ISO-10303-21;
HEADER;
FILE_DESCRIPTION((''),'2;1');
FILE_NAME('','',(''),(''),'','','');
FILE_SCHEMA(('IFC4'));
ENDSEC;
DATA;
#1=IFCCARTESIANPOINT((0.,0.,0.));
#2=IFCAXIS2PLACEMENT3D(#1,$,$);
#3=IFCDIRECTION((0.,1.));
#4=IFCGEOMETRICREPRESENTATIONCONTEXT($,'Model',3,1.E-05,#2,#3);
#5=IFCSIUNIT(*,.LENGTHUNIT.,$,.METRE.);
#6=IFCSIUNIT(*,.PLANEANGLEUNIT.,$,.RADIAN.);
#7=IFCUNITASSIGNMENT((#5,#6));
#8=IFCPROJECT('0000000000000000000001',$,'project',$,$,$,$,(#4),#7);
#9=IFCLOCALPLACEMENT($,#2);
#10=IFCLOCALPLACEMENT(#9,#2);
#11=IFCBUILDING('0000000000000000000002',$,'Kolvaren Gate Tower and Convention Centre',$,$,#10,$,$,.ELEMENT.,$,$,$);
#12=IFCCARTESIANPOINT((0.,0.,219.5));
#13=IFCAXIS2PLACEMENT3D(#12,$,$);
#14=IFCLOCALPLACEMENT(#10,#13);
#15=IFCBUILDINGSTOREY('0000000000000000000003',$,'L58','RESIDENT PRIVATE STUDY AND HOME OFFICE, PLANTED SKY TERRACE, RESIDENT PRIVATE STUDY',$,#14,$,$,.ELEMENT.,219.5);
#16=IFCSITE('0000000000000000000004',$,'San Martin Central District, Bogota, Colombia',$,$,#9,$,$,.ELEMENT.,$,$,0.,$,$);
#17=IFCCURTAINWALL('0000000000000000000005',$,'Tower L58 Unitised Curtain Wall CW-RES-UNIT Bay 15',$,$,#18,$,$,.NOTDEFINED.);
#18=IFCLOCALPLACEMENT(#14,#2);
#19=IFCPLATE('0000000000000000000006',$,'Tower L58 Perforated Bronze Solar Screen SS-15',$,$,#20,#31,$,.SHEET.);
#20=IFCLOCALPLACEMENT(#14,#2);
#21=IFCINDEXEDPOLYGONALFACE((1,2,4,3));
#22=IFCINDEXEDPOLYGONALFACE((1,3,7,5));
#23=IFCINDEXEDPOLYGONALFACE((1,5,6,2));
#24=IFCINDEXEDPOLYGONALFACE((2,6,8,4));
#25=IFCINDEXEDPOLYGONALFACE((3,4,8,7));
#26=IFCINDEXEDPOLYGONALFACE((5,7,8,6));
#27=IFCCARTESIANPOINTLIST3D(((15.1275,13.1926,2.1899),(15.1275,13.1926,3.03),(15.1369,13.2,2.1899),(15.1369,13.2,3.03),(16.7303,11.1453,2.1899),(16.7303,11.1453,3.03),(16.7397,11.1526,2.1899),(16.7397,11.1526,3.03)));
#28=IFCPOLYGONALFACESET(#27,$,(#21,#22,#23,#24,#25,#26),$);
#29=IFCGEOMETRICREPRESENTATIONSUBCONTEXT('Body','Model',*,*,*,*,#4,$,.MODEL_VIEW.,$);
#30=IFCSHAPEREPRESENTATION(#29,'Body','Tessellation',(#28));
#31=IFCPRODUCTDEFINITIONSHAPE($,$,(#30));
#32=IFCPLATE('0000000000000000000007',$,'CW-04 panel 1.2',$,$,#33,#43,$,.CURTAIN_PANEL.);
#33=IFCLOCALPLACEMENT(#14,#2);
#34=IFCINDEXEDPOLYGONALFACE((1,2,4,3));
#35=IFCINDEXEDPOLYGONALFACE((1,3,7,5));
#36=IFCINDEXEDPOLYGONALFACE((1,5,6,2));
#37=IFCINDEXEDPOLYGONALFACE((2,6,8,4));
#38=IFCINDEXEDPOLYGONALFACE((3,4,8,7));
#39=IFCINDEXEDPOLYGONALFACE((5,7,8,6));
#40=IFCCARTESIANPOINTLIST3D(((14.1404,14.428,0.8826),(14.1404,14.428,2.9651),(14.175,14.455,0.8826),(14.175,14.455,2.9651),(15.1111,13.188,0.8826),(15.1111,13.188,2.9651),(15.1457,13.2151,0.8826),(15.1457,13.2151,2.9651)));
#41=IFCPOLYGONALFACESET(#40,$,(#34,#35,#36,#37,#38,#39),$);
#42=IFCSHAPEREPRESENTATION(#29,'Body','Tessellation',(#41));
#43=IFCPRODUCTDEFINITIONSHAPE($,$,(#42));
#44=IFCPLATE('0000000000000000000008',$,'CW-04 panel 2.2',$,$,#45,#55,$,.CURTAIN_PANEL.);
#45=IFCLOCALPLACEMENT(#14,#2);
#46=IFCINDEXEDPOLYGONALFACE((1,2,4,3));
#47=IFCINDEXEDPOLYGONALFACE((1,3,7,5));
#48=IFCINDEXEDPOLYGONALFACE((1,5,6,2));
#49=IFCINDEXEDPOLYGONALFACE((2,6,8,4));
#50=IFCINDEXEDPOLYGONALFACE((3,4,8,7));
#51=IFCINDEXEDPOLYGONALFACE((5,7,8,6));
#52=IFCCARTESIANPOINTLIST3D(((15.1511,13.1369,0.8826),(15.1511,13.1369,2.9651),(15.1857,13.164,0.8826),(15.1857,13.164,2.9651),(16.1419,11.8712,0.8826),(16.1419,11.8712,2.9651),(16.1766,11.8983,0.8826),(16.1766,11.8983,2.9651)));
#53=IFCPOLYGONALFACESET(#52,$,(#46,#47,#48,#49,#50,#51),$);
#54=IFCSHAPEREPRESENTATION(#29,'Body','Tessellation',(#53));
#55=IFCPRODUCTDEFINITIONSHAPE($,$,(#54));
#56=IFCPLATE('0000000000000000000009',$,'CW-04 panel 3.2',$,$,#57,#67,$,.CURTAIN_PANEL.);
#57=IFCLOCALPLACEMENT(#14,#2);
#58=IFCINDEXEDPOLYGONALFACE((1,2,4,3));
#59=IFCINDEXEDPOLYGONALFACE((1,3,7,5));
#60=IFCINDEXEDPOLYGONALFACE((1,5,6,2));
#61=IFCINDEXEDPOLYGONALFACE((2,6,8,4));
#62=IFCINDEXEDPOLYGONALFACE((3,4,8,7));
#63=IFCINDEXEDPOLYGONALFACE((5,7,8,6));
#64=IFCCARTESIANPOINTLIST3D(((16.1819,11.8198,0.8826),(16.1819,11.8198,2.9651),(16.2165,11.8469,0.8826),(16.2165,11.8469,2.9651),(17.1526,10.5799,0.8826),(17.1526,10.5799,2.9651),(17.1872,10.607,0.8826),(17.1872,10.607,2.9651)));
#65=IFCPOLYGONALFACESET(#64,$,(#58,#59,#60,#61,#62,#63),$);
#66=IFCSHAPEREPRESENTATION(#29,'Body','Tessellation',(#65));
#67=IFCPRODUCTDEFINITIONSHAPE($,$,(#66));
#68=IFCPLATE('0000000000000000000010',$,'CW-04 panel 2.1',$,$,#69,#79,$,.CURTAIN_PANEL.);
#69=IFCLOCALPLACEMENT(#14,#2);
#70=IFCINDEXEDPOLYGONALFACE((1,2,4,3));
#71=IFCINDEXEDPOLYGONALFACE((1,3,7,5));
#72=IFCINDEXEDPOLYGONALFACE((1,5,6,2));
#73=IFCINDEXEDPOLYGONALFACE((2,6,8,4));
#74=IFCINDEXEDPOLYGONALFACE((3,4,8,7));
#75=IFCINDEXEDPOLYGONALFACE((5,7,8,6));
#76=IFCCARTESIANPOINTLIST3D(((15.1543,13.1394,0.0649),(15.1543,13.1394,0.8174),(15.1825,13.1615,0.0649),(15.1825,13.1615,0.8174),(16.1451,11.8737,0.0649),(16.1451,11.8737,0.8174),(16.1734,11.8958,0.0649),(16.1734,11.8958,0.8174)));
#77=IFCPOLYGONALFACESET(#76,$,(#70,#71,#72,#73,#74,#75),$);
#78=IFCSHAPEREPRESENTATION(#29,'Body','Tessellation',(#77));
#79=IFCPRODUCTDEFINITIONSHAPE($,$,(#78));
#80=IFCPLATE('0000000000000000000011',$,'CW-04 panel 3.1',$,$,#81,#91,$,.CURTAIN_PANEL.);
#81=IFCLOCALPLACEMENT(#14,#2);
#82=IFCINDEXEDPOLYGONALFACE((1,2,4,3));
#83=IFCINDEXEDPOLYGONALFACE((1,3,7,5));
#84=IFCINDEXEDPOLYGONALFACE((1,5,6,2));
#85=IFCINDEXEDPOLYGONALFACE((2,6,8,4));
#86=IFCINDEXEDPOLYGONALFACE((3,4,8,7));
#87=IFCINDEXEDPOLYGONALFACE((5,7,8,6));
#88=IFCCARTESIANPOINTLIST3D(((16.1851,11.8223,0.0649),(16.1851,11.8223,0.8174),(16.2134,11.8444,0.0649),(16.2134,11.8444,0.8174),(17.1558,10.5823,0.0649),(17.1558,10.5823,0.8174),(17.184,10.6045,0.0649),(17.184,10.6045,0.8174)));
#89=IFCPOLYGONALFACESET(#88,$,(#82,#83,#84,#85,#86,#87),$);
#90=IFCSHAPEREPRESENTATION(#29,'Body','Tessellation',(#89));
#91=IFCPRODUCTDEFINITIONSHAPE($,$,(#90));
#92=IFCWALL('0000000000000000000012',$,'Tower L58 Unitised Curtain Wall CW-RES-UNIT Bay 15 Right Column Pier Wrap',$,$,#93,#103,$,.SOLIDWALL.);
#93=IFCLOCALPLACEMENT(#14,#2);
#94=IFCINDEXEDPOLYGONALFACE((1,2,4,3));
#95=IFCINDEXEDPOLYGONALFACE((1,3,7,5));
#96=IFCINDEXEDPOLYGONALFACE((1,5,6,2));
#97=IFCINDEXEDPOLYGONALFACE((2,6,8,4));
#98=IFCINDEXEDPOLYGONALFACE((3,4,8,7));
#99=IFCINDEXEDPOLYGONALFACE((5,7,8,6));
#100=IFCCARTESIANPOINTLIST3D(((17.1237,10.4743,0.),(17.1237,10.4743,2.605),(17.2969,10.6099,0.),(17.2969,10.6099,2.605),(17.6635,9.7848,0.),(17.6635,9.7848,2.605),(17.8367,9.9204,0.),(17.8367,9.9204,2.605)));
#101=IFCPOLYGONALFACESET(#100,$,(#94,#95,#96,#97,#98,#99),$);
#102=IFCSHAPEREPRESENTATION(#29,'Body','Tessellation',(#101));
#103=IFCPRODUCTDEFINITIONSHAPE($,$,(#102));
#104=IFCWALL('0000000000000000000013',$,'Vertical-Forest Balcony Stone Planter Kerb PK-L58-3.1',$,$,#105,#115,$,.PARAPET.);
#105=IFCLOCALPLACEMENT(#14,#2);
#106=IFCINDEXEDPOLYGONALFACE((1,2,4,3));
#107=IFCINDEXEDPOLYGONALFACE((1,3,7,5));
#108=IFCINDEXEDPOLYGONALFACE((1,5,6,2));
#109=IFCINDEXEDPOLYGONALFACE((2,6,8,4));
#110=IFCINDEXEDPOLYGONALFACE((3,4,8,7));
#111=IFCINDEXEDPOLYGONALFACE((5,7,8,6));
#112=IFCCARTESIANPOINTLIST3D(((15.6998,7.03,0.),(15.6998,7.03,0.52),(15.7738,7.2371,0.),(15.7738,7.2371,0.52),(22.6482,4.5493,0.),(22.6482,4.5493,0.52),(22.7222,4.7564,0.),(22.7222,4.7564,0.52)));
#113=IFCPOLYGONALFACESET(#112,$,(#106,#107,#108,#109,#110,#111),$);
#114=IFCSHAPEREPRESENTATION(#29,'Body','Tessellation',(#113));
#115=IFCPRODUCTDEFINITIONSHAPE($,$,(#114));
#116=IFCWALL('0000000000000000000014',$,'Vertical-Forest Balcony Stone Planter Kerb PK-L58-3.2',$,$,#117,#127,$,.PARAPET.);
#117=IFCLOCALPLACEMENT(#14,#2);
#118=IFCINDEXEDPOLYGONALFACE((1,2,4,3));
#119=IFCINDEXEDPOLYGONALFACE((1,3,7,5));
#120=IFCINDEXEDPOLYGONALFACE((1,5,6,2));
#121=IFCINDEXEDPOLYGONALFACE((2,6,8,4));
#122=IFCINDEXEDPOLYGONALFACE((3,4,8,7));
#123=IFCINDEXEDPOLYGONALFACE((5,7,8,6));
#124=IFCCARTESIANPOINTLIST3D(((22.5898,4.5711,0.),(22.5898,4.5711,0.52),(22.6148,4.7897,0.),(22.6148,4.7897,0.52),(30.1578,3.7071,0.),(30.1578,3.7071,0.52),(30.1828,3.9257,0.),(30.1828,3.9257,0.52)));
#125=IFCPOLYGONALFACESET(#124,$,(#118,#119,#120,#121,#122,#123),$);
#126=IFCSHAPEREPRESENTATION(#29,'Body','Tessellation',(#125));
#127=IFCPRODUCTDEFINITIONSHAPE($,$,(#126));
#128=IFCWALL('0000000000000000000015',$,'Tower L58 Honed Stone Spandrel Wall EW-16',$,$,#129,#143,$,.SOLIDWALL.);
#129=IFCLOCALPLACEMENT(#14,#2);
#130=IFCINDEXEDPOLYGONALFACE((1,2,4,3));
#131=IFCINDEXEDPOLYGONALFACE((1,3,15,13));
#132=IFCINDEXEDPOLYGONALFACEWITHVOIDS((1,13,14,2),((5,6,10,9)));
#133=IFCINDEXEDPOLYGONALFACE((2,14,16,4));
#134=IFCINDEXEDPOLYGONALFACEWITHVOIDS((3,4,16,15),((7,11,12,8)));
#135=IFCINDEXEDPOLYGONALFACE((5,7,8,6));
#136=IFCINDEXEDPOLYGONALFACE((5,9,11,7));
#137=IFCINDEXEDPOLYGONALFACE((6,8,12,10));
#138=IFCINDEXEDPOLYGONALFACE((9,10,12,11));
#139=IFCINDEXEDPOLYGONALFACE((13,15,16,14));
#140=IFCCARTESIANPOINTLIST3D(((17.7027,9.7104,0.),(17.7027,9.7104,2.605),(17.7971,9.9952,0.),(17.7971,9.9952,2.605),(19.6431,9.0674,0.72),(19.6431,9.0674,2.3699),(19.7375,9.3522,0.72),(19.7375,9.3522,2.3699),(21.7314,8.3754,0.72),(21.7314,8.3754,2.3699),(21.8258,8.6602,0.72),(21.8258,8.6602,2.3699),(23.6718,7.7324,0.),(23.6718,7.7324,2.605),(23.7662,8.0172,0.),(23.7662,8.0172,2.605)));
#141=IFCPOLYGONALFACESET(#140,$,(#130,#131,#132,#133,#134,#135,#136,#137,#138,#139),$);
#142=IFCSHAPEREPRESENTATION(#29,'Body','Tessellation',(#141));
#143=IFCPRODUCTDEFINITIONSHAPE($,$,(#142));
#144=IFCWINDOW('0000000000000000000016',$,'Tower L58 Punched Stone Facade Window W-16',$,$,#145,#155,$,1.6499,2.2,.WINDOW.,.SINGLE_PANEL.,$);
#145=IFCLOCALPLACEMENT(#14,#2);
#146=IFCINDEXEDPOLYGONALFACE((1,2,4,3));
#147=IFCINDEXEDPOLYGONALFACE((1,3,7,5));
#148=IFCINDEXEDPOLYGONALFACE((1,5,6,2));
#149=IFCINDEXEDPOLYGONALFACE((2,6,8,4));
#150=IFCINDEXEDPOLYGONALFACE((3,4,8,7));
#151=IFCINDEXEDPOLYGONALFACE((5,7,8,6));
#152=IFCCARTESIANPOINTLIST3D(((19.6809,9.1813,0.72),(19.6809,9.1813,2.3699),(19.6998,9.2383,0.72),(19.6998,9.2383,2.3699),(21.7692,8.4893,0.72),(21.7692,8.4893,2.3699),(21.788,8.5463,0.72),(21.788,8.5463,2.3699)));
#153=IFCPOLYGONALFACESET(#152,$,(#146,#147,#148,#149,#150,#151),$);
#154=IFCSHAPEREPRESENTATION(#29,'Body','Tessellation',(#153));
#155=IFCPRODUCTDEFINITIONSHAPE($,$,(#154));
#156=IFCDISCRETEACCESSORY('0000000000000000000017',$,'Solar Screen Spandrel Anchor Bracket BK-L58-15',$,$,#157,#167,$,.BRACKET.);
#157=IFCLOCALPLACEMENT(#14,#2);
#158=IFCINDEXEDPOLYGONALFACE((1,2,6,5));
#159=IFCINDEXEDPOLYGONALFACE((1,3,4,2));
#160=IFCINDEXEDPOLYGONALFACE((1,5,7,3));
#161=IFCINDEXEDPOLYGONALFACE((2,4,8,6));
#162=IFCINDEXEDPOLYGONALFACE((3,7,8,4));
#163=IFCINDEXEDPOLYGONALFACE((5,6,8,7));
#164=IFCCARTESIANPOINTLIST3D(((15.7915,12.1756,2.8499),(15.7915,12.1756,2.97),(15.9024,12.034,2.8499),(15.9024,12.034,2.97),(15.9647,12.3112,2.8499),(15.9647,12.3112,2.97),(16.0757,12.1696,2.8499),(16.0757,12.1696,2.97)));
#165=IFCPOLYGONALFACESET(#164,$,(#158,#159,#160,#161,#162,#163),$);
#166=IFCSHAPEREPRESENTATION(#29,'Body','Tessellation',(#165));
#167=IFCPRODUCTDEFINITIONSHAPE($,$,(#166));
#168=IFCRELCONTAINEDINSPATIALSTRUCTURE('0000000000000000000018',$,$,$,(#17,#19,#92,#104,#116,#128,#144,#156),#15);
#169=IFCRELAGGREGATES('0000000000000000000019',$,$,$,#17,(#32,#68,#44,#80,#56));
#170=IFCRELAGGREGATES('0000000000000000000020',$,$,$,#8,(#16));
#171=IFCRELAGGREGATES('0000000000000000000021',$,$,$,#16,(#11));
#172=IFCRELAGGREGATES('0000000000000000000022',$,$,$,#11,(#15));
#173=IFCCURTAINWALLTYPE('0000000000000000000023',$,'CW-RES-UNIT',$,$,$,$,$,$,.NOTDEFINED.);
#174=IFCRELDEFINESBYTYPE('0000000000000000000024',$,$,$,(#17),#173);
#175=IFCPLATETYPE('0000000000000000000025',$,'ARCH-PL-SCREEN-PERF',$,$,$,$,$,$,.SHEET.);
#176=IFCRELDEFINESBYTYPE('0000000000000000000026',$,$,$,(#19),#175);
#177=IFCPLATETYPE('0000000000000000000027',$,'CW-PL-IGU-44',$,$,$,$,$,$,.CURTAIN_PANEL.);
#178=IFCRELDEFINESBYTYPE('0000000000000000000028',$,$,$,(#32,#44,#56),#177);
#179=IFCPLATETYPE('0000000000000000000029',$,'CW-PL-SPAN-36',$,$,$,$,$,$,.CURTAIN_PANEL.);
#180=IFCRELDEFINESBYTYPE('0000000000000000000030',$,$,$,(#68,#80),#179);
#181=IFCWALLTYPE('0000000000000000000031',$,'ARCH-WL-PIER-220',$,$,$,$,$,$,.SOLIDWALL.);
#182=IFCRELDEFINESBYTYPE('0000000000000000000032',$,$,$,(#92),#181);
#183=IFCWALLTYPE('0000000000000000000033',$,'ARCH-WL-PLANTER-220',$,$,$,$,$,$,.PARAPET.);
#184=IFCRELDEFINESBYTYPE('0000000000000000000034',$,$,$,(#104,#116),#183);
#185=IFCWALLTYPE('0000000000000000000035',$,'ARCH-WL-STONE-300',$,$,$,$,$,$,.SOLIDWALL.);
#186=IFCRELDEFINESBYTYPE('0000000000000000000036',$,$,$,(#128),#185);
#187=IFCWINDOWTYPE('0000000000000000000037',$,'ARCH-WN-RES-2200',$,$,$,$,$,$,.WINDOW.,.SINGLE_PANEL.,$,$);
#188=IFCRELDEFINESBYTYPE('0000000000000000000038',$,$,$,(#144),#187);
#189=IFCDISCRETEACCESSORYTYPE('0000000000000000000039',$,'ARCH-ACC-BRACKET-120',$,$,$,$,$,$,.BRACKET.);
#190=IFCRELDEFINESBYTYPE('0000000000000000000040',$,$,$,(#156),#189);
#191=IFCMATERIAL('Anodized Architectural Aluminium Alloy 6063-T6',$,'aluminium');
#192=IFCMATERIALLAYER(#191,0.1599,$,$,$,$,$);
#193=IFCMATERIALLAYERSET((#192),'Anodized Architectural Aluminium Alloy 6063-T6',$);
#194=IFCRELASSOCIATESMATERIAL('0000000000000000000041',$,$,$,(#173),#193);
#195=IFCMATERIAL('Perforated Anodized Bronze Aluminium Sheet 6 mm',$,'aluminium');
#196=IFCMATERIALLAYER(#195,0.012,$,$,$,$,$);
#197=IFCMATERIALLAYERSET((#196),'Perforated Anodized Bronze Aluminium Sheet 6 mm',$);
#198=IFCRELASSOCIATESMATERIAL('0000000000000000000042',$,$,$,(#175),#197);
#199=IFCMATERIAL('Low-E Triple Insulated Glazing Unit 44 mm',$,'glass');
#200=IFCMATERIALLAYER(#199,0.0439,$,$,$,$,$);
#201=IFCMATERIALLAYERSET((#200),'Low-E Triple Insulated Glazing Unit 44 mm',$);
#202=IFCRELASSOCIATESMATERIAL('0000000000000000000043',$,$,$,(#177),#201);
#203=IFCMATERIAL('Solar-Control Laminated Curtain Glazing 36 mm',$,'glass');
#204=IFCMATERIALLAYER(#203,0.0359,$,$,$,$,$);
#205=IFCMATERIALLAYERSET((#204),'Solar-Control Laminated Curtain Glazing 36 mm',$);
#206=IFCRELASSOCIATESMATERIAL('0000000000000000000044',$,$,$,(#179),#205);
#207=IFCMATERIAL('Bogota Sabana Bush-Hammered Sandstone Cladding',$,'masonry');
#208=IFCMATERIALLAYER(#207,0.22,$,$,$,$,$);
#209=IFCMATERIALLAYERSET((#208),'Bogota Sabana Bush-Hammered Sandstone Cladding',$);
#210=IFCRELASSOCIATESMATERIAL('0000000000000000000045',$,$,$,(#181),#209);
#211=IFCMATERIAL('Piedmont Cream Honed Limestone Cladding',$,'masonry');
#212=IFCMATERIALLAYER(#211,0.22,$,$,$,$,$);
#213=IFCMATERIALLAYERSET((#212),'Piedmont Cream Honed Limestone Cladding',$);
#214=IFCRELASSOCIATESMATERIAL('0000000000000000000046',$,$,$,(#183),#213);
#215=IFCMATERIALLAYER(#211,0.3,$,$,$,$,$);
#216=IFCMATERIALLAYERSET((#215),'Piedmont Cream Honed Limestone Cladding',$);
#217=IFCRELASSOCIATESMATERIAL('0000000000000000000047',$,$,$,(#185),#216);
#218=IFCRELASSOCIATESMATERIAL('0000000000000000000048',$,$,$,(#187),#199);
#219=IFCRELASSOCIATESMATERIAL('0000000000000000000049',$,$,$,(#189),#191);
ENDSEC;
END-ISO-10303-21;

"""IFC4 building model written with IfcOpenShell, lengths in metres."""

from ifc_helpers import new_model, si_unit, direction, frame, frame_2d, origin, origin_2d, place, context, subcontext, project, spatial, rectangle, extrude, material, layer, layer_set, type_object, element, fill, aggregate, save


model = new_model("IFC4")

# Units and contexts
model_context = context("Model", 3, precision=1e-05, world=origin(), true_north=direction((0.0, 1.0)))
body_context = subcontext(model_context, "Body", "Model", "MODEL_VIEW")
ifc_project = project(units=[si_unit("LENGTHUNIT", "METRE"), si_unit("PLANEANGLEUNIT", "RADIAN")], contexts=[model_context])

# Site, building, storey
site_placement = place(None, origin())
site = spatial("IfcSite", under=ifc_project, at=site_placement, Name="San Martin Central District, Bogota, Colombia", CompositionType="ELEMENT", RefElevation=0.0)
building_placement = place(site_placement, origin())
building = spatial("IfcBuilding", under=site, at=building_placement, Name="Kolvaren Gate Tower and Convention Centre", CompositionType="ELEMENT")
storey_placement = place(building_placement, frame((0.0, 0.0, 219.5)))
storey = spatial("IfcBuildingStorey", under=building, at=storey_placement, Name="L58", Description="RESIDENT PRIVATE STUDY AND HOME OFFICE, PLANTED SKY TERRACE, RESIDENT PRIVATE STUDY", CompositionType="ELEMENT", Elevation=219.5)

# Curtain wall
ifc_material_1 = material(Name="Anodized Architectural Aluminium Alloy 6063-T6", Category="aluminium")
ifc_layer_1 = layer(ifc_material_1, 0.1599)
ifc_layer_set_1 = layer_set([ifc_layer_1], Name="Anodized Architectural Aluminium Alloy 6063-T6")
curtain_wall_type = type_object("IfcCurtainWallType", Name="CW-RES-UNIT", PredefinedType="NOTDEFINED", material=ifc_layer_set_1)
curtain_wall_placement = place(storey_placement, origin())
curtain_wall = element("IfcCurtainWall", 1, at=curtain_wall_placement, inside=storey, type_object=curtain_wall_type, Name="Tower L58 Unitised Curtain Wall CW-RES-UNIT Bay 15", PredefinedType="NOTDEFINED")

# Plates
ifc_material_2 = material(Name="Perforated Anodized Bronze Aluminium Sheet 6 mm", Category="aluminium")
ifc_layer_2 = layer(ifc_material_2, 0.012)
ifc_layer_set_2 = layer_set([ifc_layer_2], Name="Perforated Anodized Bronze Aluminium Sheet 6 mm")
plate_type_1 = type_object("IfcPlateType", Name="ARCH-PL-SCREEN-PERF", PredefinedType="SHEET", material=ifc_layer_set_2)
plate_1_placement = place(storey_placement, frame((15.9336, 12.1726, 2.1899), z_axis=(0.0, 0.0, 1.0), x_axis=(0.616434, -0.787406, 0.0)))
element("IfcPlate", 2, at=plate_1_placement, inside=storey, type_object=plate_type_1, Name="Tower L58 Perforated Bronze Solar Screen SS-15", PredefinedType="SHEET", context=body_context, shape_type="SweptSolid", body=[
    extrude(rectangle(XDim=2.6001, YDim=0.012, at=origin_2d()), origin(), (0.0, 0.0, 1.0), 0.8401),
])
ifc_material_3 = material(Name="Low-E Triple Insulated Glazing Unit 44 mm", Category="glass")
ifc_layer_3 = layer(ifc_material_3, 0.0439)
ifc_layer_set_3 = layer_set([ifc_layer_3], Name="Low-E Triple Insulated Glazing Unit 44 mm")
plate_type_2 = type_object("IfcPlateType", Name="CW-PL-IGU-44", PredefinedType="CURTAIN_PANEL", material=ifc_layer_set_3)
plate_2_placement = place(storey_placement, frame((14.6431, 13.8215, 0.8826), z_axis=(0.0, 0.0, 1.0), x_axis=(0.61643, -0.78741, 0.0)))
plate_2 = element("IfcPlate", 3, at=plate_2_placement, type_object=plate_type_2, Name="CW-04 panel 1.2", PredefinedType="CURTAIN_PANEL", context=body_context, shape_type="SweptSolid", body=[
    extrude(rectangle(XDim=1.5747, YDim=0.0439, at=origin_2d()), origin(), (0.0, 0.0, 1.0), 2.0825),
])
plate_3_placement = place(storey_placement, frame((15.6638, 12.5176, 0.8826), z_axis=(0.0, 0.0, 1.0), x_axis=(0.61643, -0.78741, 0.0)))
plate_3 = element("IfcPlate", 4, at=plate_3_placement, type_object=plate_type_2, Name="CW-04 panel 2.2", PredefinedType="CURTAIN_PANEL", context=body_context, shape_type="SweptSolid", body=[
    extrude(rectangle(XDim=1.6074, YDim=0.0439, at=origin_2d()), origin(), (0.0, 0.0, 1.0), 2.0825),
])
plate_4_placement = place(storey_placement, frame((16.6846, 11.2134, 0.8826), z_axis=(0.0, 0.0, 1.0), x_axis=(0.61643, -0.78741, 0.0)))
plate_4 = element("IfcPlate", 5, at=plate_4_placement, type_object=plate_type_2, Name="CW-04 panel 3.2", PredefinedType="CURTAIN_PANEL", context=body_context, shape_type="SweptSolid", body=[
    extrude(rectangle(XDim=1.5747, YDim=0.0439, at=origin_2d()), origin(), (0.0, 0.0, 1.0), 2.0825),
])
ifc_material_4 = material(Name="Solar-Control Laminated Curtain Glazing 36 mm", Category="glass")
ifc_layer_4 = layer(ifc_material_4, 0.0359)
ifc_layer_set_4 = layer_set([ifc_layer_4], Name="Solar-Control Laminated Curtain Glazing 36 mm")
plate_type_3 = type_object("IfcPlateType", Name="CW-PL-SPAN-36", PredefinedType="CURTAIN_PANEL", material=ifc_layer_set_4)
plate_5_placement = place(storey_placement, frame((15.6638, 12.5176, 0.0649), z_axis=(0.0, 0.0, 1.0), x_axis=(0.61643, -0.78741, 0.0)))
plate_5 = element("IfcPlate", 6, at=plate_5_placement, type_object=plate_type_3, Name="CW-04 panel 2.1", PredefinedType="CURTAIN_PANEL", context=body_context, shape_type="SweptSolid", body=[
    extrude(rectangle(XDim=1.6074, YDim=0.0359, at=origin_2d()), origin(), (0.0, 0.0, 1.0), 0.7524),
])
plate_6_placement = place(storey_placement, frame((16.6846, 11.2134, 0.0649), z_axis=(0.0, 0.0, 1.0), x_axis=(0.61643, -0.78741, 0.0)))
plate_6 = element("IfcPlate", 7, at=plate_6_placement, type_object=plate_type_3, Name="CW-04 panel 3.1", PredefinedType="CURTAIN_PANEL", context=body_context, shape_type="SweptSolid", body=[
    extrude(rectangle(XDim=1.5747, YDim=0.0359, at=origin_2d()), origin(), (0.0, 0.0, 1.0), 0.7524),
])
aggregate(curtain_wall, [plate_2, plate_5, plate_3, plate_6, plate_4])

# Walls
ifc_material_5 = material(Name="Bogota Sabana Bush-Hammered Sandstone Cladding", Category="masonry")
ifc_layer_5 = layer(ifc_material_5, 0.22)
ifc_layer_set_5 = layer_set([ifc_layer_5], Name="Bogota Sabana Bush-Hammered Sandstone Cladding")
wall_type_1 = type_object("IfcWallType", Name="ARCH-WL-PIER-220", PredefinedType="SOLIDWALL", material=ifc_layer_set_5)
wall_1_placement = place(storey_placement, frame((17.2102, 10.5422, 0.0), z_axis=(0.0, 0.0, 1.0), x_axis=(0.616466, -0.787381, 0.0)))
element("IfcWall", 8, at=wall_1_placement, inside=storey, type_object=wall_type_1, Name="Tower L58 Unitised Curtain Wall CW-RES-UNIT Bay 15 Right Column Pier Wrap", PredefinedType="SOLIDWALL", context=body_context, shape_type="SweptSolid", body=[
    extrude(rectangle(XDim=0.8757, YDim=0.22, at=frame_2d((0.438, 0.0))), origin(), (0.0, 0.0, 1.0), 2.605),
])
ifc_material_6 = material(Name="Piedmont Cream Honed Limestone Cladding", Category="masonry")
ifc_layer_6 = layer(ifc_material_6, 0.22)
ifc_layer_set_6 = layer_set([ifc_layer_6], Name="Piedmont Cream Honed Limestone Cladding")
wall_type_2 = type_object("IfcWallType", Name="ARCH-WL-PLANTER-220", PredefinedType="PARAPET", material=ifc_layer_set_6)
wall_2_placement = place(storey_placement, frame((15.7368, 7.1335, 0.0), z_axis=(0.0, 0.0, 1.0), x_axis=(0.94178, -0.336229, 0.0)))
element("IfcWall", 9, at=wall_2_placement, inside=storey, type_object=wall_type_2, Name="Vertical-Forest Balcony Stone Planter Kerb PK-L58-3.1", PredefinedType="PARAPET", context=body_context, shape_type="SweptSolid", body=[
    extrude(rectangle(XDim=7.3779, YDim=0.22, at=frame_2d((3.689, 0.0))), origin(), (0.0, 0.0, 1.0), 0.52),
])
wall_3_placement = place(storey_placement, frame((22.6023, 4.6804, 0.0), z_axis=(0.0, 0.0, 1.0), x_axis=(0.993546, -0.113428, 0.0)))
element("IfcWall", 10, at=wall_3_placement, inside=storey, type_object=wall_type_2, Name="Vertical-Forest Balcony Stone Planter Kerb PK-L58-3.2", PredefinedType="PARAPET", context=body_context, shape_type="SweptSolid", body=[
    extrude(rectangle(XDim=7.6172, YDim=0.22, at=frame_2d((3.8086, 0.0))), origin(), (0.0, 0.0, 1.0), 0.52),
])

# Wall, opening, window
ifc_layer_7 = layer(ifc_material_6, 0.3)
ifc_layer_set_7 = layer_set([ifc_layer_7], Name="Piedmont Cream Honed Limestone Cladding")
wall_type_3 = type_object("IfcWallType", Name="ARCH-WL-STONE-300", PredefinedType="SOLIDWALL", material=ifc_layer_set_7)
wall_4_placement = place(storey_placement, frame((17.75, 9.8528, 0.0), z_axis=(0.0, 0.0, 1.0), x_axis=(0.949241, -0.31455, 0.0)))
wall_4 = element("IfcWall", 11, at=wall_4_placement, inside=storey, type_object=wall_type_3, Name="Tower L58 Honed Stone Spandrel Wall EW-16", PredefinedType="SOLIDWALL", context=body_context, shape_type="SweptSolid", body=[
    extrude(rectangle(XDim=6.2883, YDim=0.3, at=frame_2d((3.144, 0.0))), origin(), (0.0, 0.0, 1.0), 2.605),
])
opening_placement = place(wall_4_placement, frame((2.0439, 0.0, 0.72)))
opening = element("IfcOpeningElement", 12, at=opening_placement, cuts=wall_4, PredefinedType="OPENING", context=body_context, shape_type="SweptSolid", body=[
    extrude(rectangle(XDim=2.2, YDim=1.6499, at=frame_2d((1.1001, 0.825))), frame((0.0, 0.1599, 0.0), z_axis=(0.0, -1.0, 0.0), x_axis=(1.0, 0.0, 0.0)), (0.0, 0.0, 1.0), 0.3201),
])
window_type = type_object("IfcWindowType", Name="ARCH-WN-RES-2200", PartitioningType="SINGLE_PANEL", PredefinedType="WINDOW", material=ifc_material_3)
window_placement = place(opening_placement, origin())
window = element("IfcWindow", 13, at=window_placement, inside=storey, type_object=window_type, Name="Tower L58 Punched Stone Facade Window W-16", OverallHeight=1.6499, OverallWidth=2.2, PartitioningType="SINGLE_PANEL", PredefinedType="WINDOW", context=body_context, shape_type="SweptSolid", body=[
    extrude(rectangle(XDim=2.2, YDim=1.6499, at=frame_2d((1.1001, 0.825))), frame((0.0, 0.03, 0.0), z_axis=(0.0, -1.0, 0.0), x_axis=(1.0, 0.0, 0.0)), (0.0, 0.0, 1.0), 0.0601),
])
fill(opening, window)

# Discrete accessory
discrete_accessory_type = type_object("IfcDiscreteAccessoryType", Name="ARCH-ACC-BRACKET-120", PredefinedType="BRACKET", material=ifc_material_1)
discrete_accessory_placement = place(storey_placement, frame((15.9336, 12.1726, 2.8499), z_axis=(0.0, 0.0, 1.0), x_axis=(0.616434, -0.787406, 0.0)))
element("IfcDiscreteAccessory", 14, at=discrete_accessory_placement, inside=storey, type_object=discrete_accessory_type, Name="Solar Screen Spandrel Anchor Bracket BK-L58-15", PredefinedType="BRACKET", context=body_context, shape_type="SweptSolid", body=[
    extrude(rectangle(XDim=0.1799, YDim=0.22, at=origin_2d()), origin(), (0.0, 0.0, 1.0), 0.1201),
])

save(model, "model.ifc")
